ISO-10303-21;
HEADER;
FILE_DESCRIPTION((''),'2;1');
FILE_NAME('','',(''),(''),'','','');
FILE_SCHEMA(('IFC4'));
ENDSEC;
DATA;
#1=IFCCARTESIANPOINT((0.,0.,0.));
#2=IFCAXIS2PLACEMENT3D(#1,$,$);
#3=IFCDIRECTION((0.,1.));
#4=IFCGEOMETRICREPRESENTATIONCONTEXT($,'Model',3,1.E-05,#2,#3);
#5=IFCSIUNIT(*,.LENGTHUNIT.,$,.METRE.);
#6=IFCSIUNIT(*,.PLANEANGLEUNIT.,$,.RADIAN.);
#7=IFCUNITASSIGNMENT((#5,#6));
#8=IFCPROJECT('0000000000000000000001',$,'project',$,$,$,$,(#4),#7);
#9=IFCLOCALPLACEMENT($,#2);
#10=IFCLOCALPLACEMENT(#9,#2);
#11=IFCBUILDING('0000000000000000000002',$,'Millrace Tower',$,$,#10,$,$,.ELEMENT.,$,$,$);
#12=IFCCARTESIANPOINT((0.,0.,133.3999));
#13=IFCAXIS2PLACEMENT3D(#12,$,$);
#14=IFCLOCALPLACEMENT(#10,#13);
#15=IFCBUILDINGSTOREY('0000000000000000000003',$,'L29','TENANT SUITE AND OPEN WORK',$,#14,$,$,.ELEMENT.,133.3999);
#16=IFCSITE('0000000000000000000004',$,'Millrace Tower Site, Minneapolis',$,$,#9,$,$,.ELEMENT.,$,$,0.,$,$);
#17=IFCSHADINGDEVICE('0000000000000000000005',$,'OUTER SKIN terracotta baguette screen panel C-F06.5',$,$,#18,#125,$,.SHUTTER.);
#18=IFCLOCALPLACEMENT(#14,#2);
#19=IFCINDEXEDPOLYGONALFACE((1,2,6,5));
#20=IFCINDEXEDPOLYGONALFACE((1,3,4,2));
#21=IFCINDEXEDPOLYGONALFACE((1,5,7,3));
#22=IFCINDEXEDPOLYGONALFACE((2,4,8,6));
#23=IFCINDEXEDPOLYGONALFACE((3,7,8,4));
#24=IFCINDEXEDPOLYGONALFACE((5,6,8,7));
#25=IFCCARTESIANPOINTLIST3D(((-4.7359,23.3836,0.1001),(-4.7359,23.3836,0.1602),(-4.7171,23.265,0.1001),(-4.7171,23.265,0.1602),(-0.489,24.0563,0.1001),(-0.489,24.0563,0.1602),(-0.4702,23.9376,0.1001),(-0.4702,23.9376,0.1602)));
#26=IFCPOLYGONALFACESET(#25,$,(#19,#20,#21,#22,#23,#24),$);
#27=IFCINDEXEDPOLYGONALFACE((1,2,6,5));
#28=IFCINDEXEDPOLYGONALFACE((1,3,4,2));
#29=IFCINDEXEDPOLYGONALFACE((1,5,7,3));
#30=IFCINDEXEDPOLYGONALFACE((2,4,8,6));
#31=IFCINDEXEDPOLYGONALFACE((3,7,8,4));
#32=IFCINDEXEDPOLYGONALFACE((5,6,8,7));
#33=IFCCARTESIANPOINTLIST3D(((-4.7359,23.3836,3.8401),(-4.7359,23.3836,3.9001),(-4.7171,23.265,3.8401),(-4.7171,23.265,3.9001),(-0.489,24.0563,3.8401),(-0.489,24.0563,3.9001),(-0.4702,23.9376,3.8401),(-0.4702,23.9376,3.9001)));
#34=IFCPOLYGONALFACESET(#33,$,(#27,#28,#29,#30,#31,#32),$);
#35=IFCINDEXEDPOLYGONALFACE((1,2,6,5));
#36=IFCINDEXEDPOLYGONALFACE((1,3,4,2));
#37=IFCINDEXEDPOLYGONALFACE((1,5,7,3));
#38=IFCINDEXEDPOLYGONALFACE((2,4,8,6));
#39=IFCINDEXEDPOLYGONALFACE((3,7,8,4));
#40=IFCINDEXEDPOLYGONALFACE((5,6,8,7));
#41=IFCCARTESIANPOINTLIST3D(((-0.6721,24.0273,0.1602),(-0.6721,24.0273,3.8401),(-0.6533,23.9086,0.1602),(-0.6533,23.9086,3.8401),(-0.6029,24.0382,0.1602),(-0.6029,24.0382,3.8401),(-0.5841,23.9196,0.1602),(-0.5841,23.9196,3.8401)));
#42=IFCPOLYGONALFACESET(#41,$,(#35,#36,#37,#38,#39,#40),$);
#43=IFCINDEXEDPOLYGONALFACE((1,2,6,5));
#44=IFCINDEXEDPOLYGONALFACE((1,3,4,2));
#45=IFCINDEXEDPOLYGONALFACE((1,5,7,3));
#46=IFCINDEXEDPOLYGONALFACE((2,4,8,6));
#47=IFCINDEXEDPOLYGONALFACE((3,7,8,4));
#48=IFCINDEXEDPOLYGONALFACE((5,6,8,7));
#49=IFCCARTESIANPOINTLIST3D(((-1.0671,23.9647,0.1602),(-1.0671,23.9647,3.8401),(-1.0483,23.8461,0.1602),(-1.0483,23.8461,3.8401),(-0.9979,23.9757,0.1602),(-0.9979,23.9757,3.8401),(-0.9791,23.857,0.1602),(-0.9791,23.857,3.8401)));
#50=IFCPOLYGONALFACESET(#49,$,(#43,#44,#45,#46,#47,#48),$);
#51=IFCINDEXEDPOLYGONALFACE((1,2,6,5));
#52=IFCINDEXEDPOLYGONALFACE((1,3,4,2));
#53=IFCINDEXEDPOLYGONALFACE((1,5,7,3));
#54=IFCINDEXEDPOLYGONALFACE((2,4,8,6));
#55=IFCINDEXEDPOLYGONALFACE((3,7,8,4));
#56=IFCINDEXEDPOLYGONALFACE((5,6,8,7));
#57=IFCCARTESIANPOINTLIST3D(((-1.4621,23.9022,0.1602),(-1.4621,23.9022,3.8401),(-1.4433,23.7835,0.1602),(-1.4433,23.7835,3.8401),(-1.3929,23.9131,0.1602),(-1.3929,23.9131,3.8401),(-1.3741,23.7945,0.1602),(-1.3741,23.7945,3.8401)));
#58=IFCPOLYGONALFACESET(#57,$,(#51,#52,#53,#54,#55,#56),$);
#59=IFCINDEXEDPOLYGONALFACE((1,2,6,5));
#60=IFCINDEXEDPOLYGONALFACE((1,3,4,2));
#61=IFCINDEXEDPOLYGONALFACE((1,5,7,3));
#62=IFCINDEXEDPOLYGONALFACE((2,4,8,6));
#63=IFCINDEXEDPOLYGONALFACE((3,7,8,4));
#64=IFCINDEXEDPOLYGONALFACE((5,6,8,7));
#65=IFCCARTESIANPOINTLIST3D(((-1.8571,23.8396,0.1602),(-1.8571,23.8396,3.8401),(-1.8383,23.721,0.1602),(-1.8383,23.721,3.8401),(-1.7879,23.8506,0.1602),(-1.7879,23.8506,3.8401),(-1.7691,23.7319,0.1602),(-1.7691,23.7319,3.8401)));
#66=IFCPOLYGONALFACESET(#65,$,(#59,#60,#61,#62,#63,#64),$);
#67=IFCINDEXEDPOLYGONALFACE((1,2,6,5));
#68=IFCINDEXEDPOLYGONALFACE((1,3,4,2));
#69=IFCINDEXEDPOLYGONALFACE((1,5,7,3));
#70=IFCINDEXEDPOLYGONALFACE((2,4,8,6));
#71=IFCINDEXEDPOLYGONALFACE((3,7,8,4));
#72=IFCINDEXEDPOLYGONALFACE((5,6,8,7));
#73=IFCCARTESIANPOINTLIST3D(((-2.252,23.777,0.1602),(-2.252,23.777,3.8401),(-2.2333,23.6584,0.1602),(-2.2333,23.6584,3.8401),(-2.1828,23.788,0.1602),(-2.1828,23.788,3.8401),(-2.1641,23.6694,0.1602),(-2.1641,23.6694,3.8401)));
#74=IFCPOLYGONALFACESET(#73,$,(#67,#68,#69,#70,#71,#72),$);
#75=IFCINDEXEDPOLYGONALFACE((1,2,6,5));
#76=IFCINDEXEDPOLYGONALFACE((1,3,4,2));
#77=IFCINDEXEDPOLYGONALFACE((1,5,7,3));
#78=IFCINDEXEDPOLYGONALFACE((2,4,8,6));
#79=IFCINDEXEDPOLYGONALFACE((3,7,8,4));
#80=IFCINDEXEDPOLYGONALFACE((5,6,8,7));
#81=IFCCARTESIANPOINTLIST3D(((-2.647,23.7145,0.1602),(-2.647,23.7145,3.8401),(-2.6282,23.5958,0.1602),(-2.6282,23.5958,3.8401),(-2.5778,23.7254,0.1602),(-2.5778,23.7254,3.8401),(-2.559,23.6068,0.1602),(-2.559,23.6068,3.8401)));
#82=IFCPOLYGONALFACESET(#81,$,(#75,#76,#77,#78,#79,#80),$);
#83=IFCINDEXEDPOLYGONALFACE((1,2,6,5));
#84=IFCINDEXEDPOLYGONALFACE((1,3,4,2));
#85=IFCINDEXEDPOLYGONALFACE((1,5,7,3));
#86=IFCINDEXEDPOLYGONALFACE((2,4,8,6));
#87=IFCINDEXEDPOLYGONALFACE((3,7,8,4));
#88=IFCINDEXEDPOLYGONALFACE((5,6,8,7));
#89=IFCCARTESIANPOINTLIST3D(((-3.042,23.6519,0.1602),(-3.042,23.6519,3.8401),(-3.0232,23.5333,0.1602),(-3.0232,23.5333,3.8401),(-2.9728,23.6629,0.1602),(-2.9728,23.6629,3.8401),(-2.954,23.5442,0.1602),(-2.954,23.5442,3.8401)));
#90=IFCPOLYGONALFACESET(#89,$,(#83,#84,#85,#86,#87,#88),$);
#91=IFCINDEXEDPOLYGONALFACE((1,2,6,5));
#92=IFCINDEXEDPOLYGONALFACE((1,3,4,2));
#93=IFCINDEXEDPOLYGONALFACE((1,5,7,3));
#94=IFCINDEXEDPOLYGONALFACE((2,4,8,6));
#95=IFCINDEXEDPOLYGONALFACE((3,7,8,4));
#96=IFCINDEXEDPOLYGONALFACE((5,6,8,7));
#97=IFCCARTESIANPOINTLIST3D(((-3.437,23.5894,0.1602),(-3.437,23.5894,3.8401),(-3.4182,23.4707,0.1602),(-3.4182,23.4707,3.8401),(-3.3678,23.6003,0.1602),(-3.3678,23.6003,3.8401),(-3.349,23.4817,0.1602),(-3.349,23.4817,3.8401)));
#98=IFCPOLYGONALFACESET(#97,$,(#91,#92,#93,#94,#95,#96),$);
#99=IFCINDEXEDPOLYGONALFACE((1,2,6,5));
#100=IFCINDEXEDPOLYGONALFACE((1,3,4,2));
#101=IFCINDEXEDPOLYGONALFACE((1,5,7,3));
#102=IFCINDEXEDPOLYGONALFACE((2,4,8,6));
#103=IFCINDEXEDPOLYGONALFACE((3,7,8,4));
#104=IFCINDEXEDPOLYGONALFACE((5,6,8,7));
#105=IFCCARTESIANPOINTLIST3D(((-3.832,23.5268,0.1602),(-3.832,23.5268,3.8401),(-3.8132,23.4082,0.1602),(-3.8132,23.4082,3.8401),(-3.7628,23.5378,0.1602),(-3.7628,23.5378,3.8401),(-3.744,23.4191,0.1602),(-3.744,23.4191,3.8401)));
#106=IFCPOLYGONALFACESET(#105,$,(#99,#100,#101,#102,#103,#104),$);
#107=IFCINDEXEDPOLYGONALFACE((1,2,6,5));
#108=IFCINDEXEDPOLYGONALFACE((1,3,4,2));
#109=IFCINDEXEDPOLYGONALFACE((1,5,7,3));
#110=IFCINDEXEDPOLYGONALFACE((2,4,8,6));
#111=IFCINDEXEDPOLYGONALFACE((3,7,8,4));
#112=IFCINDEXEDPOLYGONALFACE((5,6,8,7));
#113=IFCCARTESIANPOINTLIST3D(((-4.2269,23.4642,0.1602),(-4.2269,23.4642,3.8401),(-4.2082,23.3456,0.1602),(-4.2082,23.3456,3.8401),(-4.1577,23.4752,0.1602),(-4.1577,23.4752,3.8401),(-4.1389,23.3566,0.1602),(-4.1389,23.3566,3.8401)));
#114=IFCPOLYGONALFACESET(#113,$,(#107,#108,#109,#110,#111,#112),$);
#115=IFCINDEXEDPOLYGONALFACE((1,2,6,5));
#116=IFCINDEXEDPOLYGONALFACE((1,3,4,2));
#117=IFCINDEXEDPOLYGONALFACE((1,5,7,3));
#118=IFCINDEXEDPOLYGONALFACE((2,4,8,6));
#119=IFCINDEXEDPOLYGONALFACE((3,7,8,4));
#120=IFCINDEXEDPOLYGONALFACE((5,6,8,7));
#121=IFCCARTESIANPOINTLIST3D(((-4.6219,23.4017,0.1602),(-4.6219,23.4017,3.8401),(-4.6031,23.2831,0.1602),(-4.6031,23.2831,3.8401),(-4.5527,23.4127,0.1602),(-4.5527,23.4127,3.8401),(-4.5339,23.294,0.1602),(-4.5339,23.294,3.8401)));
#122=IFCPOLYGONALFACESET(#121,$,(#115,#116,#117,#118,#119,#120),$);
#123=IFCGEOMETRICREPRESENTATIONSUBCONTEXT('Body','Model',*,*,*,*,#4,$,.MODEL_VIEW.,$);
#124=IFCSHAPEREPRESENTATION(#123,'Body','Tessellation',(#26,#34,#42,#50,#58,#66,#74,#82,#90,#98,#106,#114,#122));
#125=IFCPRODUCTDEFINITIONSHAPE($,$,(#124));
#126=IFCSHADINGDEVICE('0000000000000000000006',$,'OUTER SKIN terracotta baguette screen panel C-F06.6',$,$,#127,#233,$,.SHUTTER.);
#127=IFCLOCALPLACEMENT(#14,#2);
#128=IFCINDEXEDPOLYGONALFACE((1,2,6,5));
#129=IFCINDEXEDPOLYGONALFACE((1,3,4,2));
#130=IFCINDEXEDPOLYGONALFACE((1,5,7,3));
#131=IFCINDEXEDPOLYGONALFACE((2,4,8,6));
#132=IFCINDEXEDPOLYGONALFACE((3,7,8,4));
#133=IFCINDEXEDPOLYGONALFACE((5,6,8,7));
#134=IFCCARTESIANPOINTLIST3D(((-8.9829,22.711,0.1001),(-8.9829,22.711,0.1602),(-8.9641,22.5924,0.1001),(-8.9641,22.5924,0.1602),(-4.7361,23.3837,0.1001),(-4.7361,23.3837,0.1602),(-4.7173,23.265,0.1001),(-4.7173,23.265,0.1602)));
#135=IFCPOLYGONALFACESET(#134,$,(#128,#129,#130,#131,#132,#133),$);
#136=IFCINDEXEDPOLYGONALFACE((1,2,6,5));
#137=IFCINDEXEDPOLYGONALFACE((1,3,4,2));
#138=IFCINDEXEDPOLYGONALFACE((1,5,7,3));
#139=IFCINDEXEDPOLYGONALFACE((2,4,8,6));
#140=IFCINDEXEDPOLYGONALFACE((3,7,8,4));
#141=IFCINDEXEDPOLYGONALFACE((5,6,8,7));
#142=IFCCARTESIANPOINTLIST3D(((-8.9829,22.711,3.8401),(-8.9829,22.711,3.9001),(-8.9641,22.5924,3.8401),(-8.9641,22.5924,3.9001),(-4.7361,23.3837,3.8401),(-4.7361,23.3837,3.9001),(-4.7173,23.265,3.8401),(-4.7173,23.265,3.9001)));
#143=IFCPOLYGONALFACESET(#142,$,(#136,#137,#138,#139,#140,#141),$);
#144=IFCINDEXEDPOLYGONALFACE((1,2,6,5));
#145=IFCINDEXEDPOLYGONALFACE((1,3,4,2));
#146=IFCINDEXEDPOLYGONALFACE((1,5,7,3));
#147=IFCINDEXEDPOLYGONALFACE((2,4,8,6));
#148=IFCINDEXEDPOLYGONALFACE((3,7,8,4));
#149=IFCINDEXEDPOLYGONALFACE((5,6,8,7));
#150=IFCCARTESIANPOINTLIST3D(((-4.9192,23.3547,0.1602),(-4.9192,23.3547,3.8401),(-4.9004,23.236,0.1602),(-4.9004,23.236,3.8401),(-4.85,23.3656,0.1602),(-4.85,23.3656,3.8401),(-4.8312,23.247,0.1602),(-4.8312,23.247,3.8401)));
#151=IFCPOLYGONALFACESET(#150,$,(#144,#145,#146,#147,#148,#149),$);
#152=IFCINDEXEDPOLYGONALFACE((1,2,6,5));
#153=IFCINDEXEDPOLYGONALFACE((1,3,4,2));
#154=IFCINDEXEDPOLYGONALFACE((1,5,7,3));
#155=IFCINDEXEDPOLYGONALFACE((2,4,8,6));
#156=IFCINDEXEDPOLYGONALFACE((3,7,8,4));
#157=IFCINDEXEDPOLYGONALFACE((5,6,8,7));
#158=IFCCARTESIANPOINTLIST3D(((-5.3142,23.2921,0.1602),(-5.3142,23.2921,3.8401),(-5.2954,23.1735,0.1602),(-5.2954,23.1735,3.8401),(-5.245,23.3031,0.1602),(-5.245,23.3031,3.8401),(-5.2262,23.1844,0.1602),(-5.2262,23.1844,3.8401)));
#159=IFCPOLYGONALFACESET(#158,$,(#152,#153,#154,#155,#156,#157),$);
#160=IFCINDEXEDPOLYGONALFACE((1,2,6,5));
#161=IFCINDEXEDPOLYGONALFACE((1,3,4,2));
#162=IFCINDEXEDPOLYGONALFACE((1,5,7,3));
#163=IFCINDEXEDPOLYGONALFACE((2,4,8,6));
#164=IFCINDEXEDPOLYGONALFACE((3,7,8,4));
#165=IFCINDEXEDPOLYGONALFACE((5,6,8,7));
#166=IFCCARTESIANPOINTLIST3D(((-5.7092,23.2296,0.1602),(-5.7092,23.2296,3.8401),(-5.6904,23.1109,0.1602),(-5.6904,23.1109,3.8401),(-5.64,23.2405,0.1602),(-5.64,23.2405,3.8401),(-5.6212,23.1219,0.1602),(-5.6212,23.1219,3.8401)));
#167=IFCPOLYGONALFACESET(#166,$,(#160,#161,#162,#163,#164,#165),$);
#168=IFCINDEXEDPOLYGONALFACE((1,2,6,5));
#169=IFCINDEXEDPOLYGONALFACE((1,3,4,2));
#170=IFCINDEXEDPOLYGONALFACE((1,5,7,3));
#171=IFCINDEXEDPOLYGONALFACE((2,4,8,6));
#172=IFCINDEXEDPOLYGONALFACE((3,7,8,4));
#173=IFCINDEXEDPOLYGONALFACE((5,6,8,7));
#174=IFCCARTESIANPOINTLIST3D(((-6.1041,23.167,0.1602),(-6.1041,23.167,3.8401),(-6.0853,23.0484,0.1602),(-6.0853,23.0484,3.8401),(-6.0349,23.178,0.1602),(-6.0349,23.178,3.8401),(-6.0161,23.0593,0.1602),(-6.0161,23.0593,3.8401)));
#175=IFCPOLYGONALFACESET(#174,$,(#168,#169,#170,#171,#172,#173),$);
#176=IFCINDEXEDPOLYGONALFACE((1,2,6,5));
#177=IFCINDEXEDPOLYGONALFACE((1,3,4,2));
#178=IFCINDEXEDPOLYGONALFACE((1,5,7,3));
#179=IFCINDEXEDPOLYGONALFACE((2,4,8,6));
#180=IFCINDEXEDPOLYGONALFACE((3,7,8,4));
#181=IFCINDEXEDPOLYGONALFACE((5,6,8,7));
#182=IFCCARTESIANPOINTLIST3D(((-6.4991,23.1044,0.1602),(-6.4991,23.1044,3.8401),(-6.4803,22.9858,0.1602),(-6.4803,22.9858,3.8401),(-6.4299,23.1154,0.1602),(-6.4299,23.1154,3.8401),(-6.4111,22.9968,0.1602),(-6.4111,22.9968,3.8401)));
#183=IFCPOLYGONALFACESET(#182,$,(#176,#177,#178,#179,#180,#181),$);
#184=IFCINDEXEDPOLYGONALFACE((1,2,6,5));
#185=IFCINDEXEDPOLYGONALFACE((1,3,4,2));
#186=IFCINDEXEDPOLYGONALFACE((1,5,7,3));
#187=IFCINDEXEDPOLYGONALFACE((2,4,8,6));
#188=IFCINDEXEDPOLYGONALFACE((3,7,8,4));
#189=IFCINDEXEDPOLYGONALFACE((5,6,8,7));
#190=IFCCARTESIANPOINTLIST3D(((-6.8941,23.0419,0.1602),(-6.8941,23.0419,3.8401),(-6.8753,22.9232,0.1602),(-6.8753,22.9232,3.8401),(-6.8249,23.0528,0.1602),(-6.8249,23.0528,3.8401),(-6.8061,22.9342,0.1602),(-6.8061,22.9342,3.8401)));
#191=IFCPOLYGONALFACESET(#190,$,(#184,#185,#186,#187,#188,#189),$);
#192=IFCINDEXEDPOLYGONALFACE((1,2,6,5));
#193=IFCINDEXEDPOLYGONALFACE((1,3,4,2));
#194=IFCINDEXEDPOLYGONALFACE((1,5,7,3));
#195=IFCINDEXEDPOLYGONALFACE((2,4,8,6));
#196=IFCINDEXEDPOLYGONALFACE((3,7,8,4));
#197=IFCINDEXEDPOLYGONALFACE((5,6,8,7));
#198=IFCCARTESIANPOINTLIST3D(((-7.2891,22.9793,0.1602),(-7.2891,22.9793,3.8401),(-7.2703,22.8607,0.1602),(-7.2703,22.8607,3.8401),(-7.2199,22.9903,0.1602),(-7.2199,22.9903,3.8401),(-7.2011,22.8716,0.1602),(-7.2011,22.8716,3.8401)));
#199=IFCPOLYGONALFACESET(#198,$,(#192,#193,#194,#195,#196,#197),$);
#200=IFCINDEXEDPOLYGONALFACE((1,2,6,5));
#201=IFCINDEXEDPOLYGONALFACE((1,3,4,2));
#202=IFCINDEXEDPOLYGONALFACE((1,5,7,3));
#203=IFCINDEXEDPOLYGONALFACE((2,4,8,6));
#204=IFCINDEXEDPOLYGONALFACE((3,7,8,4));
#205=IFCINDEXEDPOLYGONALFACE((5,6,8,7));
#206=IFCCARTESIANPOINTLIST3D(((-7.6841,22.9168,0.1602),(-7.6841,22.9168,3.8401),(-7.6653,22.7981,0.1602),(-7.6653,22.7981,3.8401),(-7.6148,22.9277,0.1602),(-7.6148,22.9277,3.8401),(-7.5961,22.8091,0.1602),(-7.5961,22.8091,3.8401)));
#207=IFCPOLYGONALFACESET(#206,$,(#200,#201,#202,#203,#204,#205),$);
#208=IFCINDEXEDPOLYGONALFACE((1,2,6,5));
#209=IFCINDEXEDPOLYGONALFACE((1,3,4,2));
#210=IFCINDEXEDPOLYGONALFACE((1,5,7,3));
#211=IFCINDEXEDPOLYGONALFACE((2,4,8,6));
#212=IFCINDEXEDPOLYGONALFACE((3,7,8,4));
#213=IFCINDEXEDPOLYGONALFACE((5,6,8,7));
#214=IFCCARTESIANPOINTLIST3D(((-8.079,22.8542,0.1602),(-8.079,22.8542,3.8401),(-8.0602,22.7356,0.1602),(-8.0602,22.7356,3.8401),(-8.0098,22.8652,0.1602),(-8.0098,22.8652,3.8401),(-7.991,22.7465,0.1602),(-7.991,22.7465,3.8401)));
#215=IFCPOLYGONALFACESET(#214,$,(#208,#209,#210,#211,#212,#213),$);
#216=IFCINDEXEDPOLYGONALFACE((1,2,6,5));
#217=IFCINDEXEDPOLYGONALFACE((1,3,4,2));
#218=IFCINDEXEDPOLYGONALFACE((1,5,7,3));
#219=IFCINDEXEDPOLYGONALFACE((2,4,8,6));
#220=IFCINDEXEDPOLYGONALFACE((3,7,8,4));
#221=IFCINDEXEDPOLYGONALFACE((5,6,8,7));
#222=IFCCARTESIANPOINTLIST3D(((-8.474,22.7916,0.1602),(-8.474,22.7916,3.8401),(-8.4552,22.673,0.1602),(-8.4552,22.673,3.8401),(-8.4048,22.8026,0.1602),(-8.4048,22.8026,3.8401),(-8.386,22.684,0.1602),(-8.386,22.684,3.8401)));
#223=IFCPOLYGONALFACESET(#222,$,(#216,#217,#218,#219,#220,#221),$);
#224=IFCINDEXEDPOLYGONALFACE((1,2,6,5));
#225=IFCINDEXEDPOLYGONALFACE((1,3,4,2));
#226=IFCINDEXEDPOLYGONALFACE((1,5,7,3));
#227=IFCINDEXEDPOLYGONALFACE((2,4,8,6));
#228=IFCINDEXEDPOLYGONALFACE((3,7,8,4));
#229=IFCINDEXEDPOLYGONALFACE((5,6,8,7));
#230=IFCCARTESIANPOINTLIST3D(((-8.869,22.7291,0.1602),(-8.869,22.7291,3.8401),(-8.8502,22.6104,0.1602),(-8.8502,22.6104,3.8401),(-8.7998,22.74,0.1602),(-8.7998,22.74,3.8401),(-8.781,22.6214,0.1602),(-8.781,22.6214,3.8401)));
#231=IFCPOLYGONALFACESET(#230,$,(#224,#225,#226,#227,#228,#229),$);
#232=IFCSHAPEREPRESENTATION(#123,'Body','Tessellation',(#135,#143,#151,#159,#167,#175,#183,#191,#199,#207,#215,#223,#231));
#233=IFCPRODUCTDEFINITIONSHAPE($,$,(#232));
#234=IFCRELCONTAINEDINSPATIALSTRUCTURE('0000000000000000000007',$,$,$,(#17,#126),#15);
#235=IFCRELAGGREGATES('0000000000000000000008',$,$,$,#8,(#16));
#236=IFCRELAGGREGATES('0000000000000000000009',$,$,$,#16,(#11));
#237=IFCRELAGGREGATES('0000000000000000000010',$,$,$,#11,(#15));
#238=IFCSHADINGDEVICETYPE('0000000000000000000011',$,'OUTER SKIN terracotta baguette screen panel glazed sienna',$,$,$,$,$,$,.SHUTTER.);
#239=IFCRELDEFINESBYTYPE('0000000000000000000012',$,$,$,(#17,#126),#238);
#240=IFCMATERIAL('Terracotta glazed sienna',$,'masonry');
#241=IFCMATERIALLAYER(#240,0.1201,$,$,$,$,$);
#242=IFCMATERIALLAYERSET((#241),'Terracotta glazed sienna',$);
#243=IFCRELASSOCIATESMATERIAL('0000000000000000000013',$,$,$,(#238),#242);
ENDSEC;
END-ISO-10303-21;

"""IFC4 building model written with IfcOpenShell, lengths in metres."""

from ifc_helpers import new_model, entity, si_unit, direction, frame, frame_2d, origin, origin_2d, place, context, subcontext, project, spatial, rectangle, extrude, source, transform, mapped, material, layer, layer_set, type_object, element, save


model = new_model("IFC4")

# Units and contexts
model_context = context("Model", 3, precision=1e-05, world=origin(), true_north=direction((0.0, 1.0)))
body_context = subcontext(model_context, "Body", "Model", "MODEL_VIEW")
ifc_project = project(units=[si_unit("LENGTHUNIT", "METRE"), si_unit("PLANEANGLEUNIT", "RADIAN")], contexts=[model_context])

# Site, building, storey
site_placement = place(None, origin())
site = spatial("IfcSite", under=ifc_project, at=site_placement, Name="Millrace Tower Site, Minneapolis", CompositionType="ELEMENT", RefElevation=0.0)
building_placement = place(site_placement, origin())
building = spatial("IfcBuilding", under=site, at=building_placement, Name="Millrace Tower", CompositionType="ELEMENT")
storey_placement = place(building_placement, frame((0.0, 0.0, 133.3999)))
storey = spatial("IfcBuildingStorey", under=building, at=storey_placement, Name="L29", Description="TENANT SUITE AND OPEN WORK", CompositionType="ELEMENT", Elevation=133.3999)

# Shading devices
ifc_material_1 = material(Name="Terracotta glazed sienna", Category="masonry")
ifc_layer_1 = layer(ifc_material_1, 0.1201)
ifc_layer_set_1 = layer_set([ifc_layer_1], Name="Terracotta glazed sienna")
shading_device_type = type_object("IfcShadingDeviceType", Name="OUTER SKIN terracotta baguette screen panel glazed sienna", PredefinedType="SHUTTER", material=ifc_layer_set_1)
cartesian_point = entity("IfcCartesianPoint", [-2.1499, 0.0601])
shared_polyline = entity("IfcPolyline", [cartesian_point, entity("IfcCartesianPoint", [2.1499, 0.0601]), entity("IfcCartesianPoint", [2.1499, -0.0601]), entity("IfcCartesianPoint", [-2.1499, -0.0601]), cartesian_point])
shared_shape = source(origin(), body_context, "Body", "SweptSolid", [
    entity("IfcExtrudedAreaSolid", entity("IfcArbitraryClosedProfileDef", "AREA", None, shared_polyline), entity("IfcAxis2Placement3D", entity("IfcCartesianPoint", [0.0, 0.0, 0.0])), entity("IfcDirection", [0.0, 0.0, 1.0]), 0.0601),
    entity("IfcExtrudedAreaSolid", entity("IfcArbitraryClosedProfileDef", "AREA", None, shared_polyline), entity("IfcAxis2Placement3D", entity("IfcCartesianPoint", [0.0, 0.0, 3.74])), entity("IfcDirection", [0.0, 0.0, 1.0]), 0.0601),
    extrude(rectangle(XDim=0.0701, YDim=0.1201, at=frame_2d((-1.9995, 0.0))), frame((0.0, 0.0, 0.0601)), (0.0, 0.0, 1.0), 3.6799),
    extrude(rectangle(XDim=0.0701, YDim=0.1201, at=frame_2d((-1.5996, 0.0))), frame((0.0, 0.0, 0.0601)), (0.0, 0.0, 1.0), 3.6799),
    extrude(rectangle(XDim=0.0701, YDim=0.1201, at=frame_2d((-1.1997, 0.0))), frame((0.0, 0.0, 0.0601)), (0.0, 0.0, 1.0), 3.6799),
    extrude(rectangle(XDim=0.0701, YDim=0.1201, at=frame_2d((-0.7998, 0.0))), frame((0.0, 0.0, 0.0601)), (0.0, 0.0, 1.0), 3.6799),
    extrude(rectangle(XDim=0.0701, YDim=0.1201, at=frame_2d((-0.3999, 0.0))), frame((0.0, 0.0, 0.0601)), (0.0, 0.0, 1.0), 3.6799),
    extrude(rectangle(XDim=0.0701, YDim=0.1201, at=origin_2d()), frame((0.0, 0.0, 0.0601)), (0.0, 0.0, 1.0), 3.6799),
    extrude(rectangle(XDim=0.0701, YDim=0.1201, at=frame_2d((0.3999, 0.0))), frame((0.0, 0.0, 0.0601)), (0.0, 0.0, 1.0), 3.6799),
    extrude(rectangle(XDim=0.0701, YDim=0.1201, at=frame_2d((0.7998, 0.0))), frame((0.0, 0.0, 0.0601)), (0.0, 0.0, 1.0), 3.6799),
    extrude(rectangle(XDim=0.0701, YDim=0.1201, at=frame_2d((1.1997, 0.0))), frame((0.0, 0.0, 0.0601)), (0.0, 0.0, 1.0), 3.6799),
    extrude(rectangle(XDim=0.0701, YDim=0.1201, at=frame_2d((1.5996, 0.0))), frame((0.0, 0.0, 0.0601)), (0.0, 0.0, 1.0), 3.6799),
    extrude(rectangle(XDim=0.0701, YDim=0.1201, at=frame_2d((1.9995, 0.0))), frame((0.0, 0.0, 0.0601)), (0.0, 0.0, 1.0), 3.6799),
])
for number, where, z_axis, x_axis, name in (
    (1, (-2.603, 23.6606, 0.1001), (0.0, 0.0, 1.0), (-0.987688, -0.156434, 0.0), "OUTER SKIN terracotta baguette screen panel C-F06.5"),
    (2, (-6.8501, 22.988, 0.1001), (0.0, 0.0, 1.0), (-0.987688, -0.156434, 0.0), "OUTER SKIN terracotta baguette screen panel C-F06.6"),
):
    element("IfcShadingDevice", number, at=place(storey_placement, frame(where, z_axis=z_axis, x_axis=x_axis)), inside=storey, type_object=shading_device_type, Name=name, PredefinedType="SHUTTER", context=body_context, shape_type="MappedRepresentation", body=[
        mapped(shared_shape, transform((0.0, 0.0, 0.0), scale=1.0)),
    ])

save(model, "model.ifc")
